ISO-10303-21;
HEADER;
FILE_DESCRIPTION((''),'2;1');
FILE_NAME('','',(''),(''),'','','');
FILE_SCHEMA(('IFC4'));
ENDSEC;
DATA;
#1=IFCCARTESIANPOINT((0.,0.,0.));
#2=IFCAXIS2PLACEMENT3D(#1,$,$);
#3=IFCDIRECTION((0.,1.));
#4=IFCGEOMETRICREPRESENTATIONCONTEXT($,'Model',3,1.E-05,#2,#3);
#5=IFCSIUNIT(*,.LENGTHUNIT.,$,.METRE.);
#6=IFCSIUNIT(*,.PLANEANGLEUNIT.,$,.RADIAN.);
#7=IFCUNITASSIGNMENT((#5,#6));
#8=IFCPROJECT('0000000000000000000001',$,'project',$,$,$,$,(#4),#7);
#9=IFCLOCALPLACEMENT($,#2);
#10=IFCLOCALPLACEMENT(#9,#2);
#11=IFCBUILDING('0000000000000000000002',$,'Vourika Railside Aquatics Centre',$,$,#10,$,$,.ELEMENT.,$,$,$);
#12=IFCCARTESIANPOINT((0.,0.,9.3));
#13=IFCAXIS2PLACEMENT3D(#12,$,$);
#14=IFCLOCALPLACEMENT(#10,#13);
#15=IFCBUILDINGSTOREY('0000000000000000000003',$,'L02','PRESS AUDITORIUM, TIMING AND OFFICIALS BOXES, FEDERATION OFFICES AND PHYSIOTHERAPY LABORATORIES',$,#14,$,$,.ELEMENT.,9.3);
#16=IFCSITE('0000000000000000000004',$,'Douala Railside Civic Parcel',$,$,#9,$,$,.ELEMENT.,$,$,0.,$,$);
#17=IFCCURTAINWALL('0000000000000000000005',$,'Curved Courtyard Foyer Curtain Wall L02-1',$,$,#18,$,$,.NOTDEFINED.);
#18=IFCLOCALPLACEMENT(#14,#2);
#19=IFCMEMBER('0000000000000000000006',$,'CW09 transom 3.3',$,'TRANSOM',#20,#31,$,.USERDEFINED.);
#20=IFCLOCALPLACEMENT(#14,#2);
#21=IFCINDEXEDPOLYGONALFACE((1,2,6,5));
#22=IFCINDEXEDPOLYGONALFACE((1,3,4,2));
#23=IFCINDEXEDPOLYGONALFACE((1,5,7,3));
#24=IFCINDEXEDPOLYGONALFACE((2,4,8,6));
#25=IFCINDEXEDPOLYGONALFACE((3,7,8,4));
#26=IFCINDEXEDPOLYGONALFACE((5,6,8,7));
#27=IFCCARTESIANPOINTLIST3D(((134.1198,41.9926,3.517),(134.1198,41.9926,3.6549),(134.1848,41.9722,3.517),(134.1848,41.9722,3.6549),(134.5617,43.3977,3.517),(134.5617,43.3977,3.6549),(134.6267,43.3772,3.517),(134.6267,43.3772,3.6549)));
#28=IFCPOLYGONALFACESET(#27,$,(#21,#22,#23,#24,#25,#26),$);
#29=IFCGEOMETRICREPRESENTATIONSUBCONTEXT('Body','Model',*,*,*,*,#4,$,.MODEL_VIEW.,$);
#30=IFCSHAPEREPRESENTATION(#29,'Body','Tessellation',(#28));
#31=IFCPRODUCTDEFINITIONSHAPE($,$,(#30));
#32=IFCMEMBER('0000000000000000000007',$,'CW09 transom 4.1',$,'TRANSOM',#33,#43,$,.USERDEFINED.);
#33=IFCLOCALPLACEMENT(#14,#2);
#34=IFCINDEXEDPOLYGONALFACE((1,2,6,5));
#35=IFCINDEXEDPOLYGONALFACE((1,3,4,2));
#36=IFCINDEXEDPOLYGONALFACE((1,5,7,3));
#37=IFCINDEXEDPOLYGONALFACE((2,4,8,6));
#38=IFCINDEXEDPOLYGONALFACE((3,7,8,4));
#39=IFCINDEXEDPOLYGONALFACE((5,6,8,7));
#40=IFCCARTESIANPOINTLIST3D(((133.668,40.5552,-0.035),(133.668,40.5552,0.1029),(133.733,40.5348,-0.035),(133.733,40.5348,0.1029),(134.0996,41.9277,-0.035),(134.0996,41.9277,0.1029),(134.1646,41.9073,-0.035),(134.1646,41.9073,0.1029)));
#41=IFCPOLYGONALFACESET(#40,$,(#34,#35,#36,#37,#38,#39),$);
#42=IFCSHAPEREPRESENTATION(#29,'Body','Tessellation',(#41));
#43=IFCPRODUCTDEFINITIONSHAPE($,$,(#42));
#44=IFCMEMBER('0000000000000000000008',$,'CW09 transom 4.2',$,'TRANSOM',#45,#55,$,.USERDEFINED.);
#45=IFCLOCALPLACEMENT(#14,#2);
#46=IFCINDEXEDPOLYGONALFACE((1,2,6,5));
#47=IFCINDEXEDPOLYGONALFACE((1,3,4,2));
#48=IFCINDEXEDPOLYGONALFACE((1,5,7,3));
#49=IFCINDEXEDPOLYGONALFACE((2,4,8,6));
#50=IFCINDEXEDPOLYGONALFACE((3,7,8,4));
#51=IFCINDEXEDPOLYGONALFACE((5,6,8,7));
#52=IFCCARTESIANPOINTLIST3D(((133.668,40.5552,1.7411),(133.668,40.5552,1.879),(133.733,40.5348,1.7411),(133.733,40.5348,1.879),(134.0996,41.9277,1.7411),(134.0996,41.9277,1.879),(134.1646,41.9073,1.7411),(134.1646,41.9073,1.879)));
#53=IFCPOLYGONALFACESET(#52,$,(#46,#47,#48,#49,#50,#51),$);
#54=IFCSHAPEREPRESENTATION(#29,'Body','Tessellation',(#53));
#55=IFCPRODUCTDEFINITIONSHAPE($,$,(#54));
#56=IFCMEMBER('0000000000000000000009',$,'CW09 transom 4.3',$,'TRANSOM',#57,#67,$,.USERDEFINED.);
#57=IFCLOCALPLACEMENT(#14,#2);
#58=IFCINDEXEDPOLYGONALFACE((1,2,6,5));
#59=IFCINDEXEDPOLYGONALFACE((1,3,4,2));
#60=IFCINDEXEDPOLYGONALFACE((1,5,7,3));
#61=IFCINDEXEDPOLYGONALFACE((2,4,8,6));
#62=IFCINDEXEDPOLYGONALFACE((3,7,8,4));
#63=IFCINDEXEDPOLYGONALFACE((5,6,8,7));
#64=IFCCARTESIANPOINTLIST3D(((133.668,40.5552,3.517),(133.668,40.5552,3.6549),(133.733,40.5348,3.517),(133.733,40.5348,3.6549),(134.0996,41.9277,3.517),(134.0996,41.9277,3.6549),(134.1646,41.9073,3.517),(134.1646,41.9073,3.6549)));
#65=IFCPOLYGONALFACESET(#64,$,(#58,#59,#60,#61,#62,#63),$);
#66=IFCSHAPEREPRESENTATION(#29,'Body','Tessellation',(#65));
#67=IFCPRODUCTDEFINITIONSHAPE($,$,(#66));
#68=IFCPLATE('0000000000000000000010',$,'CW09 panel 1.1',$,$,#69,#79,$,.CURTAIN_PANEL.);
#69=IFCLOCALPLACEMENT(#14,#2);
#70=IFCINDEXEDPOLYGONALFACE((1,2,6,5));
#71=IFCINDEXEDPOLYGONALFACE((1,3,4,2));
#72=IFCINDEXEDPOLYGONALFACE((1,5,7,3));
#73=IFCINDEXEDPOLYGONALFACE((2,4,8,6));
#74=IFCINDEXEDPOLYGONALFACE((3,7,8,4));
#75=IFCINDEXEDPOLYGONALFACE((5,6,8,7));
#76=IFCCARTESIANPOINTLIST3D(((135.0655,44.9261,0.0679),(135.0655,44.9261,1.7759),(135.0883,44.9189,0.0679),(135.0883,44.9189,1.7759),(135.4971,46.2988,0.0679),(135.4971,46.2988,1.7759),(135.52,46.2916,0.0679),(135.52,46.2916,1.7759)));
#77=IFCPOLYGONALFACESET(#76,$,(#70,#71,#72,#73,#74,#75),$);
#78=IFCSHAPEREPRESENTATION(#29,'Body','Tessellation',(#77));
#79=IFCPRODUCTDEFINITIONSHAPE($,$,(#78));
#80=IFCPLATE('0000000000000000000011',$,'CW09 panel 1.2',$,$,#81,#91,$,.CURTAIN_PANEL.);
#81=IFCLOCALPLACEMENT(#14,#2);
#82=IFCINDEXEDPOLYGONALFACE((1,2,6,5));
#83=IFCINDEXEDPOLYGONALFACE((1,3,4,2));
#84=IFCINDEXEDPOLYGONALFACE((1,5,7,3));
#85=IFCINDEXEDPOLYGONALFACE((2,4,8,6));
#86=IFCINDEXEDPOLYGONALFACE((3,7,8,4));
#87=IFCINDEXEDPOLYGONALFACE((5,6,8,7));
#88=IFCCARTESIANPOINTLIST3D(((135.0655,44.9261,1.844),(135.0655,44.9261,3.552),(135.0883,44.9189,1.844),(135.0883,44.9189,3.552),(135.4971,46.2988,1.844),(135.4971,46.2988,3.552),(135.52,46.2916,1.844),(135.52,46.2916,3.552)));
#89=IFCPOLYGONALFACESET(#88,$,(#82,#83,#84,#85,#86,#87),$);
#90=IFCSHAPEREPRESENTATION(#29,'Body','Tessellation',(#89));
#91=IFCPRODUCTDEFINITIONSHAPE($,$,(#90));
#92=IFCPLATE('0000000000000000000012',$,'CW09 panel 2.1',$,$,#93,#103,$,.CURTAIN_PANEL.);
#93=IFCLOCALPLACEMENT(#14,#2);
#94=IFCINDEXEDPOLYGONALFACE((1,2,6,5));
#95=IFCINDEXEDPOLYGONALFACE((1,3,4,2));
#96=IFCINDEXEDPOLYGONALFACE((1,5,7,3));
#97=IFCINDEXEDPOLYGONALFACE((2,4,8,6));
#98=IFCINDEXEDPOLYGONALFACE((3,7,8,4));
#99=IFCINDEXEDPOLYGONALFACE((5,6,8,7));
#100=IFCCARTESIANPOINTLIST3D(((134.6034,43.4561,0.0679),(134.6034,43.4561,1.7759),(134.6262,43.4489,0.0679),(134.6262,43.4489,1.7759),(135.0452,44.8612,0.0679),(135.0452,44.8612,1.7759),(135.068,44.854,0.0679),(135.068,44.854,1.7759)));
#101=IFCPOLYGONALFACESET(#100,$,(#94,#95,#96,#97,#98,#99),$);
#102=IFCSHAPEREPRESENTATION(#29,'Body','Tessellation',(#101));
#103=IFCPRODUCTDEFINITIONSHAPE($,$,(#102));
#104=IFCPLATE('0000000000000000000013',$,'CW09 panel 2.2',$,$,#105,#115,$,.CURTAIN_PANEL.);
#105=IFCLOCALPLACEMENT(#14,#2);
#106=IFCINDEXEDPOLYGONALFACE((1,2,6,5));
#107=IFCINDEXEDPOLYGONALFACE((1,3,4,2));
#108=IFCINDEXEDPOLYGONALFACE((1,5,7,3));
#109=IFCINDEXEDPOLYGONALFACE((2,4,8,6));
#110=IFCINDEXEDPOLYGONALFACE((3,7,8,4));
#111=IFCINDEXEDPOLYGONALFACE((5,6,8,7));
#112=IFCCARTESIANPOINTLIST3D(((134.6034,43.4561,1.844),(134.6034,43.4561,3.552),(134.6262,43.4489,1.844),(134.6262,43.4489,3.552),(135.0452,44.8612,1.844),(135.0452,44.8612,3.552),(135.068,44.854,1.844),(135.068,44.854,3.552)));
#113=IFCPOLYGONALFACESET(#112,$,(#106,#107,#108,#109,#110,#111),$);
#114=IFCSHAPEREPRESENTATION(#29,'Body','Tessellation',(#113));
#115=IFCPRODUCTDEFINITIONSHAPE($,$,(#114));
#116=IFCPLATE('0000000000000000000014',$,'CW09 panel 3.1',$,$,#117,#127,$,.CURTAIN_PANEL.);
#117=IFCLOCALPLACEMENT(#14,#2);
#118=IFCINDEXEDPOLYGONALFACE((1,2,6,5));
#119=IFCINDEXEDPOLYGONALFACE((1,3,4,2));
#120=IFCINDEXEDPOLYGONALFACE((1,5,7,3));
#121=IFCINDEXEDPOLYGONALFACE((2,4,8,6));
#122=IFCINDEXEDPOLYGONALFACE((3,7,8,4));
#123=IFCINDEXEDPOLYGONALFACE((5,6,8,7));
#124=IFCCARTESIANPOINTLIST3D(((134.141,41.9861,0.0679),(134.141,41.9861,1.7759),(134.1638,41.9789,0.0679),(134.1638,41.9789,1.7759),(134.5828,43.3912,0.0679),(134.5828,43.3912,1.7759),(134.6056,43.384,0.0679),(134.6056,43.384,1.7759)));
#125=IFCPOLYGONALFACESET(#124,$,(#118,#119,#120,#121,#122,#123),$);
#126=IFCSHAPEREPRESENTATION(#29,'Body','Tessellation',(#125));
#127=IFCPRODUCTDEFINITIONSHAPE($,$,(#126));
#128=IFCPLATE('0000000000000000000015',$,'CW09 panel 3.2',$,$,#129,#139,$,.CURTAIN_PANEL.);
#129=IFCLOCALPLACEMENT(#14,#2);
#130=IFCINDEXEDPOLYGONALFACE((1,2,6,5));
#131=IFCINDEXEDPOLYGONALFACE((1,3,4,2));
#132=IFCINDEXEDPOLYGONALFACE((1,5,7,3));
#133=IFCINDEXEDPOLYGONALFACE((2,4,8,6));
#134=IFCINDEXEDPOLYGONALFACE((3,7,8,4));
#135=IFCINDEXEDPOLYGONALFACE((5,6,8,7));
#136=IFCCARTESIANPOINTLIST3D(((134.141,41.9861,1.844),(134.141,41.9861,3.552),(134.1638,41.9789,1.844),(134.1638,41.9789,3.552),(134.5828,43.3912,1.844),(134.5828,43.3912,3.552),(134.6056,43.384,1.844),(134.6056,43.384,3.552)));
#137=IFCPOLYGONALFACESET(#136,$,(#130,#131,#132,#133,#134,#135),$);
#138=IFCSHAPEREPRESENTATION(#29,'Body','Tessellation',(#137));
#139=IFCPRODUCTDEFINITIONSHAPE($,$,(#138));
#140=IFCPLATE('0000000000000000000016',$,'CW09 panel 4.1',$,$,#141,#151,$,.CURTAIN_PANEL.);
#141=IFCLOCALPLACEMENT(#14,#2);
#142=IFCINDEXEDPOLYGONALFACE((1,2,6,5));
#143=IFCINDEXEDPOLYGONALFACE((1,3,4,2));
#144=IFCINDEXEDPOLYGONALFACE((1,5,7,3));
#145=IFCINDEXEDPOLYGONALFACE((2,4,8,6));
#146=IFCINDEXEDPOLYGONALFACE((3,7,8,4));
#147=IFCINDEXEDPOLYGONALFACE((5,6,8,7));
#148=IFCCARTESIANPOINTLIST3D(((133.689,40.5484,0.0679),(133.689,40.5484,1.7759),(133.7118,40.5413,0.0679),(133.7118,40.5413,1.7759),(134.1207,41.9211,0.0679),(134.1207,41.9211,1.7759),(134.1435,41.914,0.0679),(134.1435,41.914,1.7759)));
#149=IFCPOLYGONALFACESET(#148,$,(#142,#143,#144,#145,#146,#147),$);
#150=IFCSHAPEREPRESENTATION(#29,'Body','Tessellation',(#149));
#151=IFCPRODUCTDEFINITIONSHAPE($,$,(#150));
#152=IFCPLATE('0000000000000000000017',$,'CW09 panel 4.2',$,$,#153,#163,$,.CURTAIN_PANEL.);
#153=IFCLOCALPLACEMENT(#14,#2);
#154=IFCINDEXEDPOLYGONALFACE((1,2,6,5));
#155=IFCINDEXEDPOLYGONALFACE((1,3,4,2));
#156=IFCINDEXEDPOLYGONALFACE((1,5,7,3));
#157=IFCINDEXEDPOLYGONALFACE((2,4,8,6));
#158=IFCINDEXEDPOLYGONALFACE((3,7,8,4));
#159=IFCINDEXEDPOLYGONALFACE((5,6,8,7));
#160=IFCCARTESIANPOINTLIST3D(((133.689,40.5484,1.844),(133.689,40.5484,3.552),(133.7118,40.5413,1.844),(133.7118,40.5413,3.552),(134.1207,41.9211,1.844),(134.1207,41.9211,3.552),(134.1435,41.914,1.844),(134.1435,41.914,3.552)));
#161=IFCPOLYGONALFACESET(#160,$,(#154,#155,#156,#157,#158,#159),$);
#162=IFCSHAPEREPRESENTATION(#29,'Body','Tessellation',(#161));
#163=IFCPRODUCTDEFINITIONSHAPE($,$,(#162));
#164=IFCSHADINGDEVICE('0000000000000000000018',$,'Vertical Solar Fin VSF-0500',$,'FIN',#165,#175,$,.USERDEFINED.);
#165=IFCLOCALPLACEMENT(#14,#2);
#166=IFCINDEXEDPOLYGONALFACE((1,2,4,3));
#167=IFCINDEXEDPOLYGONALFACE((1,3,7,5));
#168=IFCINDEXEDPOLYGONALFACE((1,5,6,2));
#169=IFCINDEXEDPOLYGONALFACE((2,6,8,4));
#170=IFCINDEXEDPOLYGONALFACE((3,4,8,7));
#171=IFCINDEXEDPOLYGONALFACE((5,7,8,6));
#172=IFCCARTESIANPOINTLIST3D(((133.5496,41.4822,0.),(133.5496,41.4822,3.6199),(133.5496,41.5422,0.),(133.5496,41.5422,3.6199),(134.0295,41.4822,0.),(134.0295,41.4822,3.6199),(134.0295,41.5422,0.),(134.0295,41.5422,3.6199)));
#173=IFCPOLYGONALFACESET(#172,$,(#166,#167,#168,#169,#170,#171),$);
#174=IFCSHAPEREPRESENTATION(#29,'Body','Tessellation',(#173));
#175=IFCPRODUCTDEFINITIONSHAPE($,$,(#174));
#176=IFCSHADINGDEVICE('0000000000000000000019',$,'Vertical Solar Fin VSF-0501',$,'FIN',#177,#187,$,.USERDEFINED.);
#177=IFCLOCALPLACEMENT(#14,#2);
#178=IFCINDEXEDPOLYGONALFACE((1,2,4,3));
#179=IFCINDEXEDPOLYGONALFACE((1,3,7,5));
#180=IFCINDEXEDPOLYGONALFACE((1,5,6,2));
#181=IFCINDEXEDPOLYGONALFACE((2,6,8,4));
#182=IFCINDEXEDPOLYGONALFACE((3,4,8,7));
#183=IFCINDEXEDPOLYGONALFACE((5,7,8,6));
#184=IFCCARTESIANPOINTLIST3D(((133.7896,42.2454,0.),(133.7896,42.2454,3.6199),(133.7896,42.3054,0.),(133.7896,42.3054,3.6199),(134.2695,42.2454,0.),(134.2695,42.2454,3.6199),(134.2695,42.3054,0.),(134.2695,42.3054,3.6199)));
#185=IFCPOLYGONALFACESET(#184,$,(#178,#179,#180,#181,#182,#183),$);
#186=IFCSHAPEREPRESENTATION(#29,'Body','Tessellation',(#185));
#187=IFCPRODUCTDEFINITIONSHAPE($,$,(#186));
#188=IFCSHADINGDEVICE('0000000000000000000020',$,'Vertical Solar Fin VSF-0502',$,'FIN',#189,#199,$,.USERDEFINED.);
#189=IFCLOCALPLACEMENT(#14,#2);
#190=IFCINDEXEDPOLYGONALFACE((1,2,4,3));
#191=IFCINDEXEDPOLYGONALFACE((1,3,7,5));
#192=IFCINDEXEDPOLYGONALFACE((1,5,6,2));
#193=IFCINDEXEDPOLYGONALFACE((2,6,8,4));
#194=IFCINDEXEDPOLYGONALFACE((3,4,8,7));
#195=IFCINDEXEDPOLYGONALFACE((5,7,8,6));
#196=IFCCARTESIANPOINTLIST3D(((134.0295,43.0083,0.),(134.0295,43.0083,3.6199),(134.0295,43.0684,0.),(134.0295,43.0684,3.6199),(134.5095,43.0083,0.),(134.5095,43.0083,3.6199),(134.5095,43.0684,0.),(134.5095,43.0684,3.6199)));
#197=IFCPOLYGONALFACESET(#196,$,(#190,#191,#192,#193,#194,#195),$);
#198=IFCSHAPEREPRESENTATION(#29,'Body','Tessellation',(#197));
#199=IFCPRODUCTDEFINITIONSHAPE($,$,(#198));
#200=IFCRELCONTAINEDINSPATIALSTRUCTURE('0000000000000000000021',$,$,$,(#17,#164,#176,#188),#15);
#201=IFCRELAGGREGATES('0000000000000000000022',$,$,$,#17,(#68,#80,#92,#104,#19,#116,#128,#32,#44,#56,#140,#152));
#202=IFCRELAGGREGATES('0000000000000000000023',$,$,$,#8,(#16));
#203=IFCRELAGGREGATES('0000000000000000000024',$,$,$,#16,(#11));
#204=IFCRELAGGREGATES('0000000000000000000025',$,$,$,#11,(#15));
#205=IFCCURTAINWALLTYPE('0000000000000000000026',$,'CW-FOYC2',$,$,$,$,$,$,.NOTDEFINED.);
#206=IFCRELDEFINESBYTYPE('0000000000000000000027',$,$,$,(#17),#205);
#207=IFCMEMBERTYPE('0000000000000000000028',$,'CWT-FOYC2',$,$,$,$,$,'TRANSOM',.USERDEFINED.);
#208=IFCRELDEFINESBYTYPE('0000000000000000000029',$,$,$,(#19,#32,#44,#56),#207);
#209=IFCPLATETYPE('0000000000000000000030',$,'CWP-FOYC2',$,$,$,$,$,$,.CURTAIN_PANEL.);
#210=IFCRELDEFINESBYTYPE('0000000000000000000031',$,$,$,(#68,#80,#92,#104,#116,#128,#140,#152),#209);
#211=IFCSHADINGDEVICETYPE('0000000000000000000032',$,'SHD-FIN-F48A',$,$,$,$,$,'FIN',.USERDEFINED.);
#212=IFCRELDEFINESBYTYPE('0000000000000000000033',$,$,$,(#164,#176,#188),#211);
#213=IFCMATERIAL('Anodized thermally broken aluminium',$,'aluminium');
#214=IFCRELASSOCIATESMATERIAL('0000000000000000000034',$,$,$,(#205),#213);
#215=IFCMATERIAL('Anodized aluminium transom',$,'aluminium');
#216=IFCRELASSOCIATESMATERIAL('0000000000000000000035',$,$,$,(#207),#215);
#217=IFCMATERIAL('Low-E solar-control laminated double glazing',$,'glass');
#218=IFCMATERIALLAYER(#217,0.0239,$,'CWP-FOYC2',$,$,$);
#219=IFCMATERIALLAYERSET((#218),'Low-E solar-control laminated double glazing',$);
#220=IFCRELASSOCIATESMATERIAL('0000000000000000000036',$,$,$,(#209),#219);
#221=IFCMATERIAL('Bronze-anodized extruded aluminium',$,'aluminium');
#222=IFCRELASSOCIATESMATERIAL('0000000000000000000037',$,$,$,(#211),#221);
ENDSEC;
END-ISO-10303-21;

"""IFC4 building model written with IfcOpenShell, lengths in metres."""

from ifc_helpers import new_model, si_unit, direction, frame, origin, origin_2d, place, context, subcontext, project, spatial, rectangle, extrude, material, layer, layer_set, material_profile, profile_set, type_object, element, aggregate, save


model = new_model("IFC4")

# Units and contexts
model_context = context("Model", 3, precision=1e-05, world=origin(), true_north=direction((0.0, 1.0)))
body_context = subcontext(model_context, "Body", "Model", "MODEL_VIEW")
ifc_project = project(units=[si_unit("LENGTHUNIT", "METRE"), si_unit("PLANEANGLEUNIT", "RADIAN")], contexts=[model_context])

# Site, building, storey
site_placement = place(None, origin())
site = spatial("IfcSite", under=ifc_project, at=site_placement, Name="Douala Railside Civic Parcel", CompositionType="ELEMENT", RefElevation=0.0)
building_placement = place(site_placement, origin())
building = spatial("IfcBuilding", under=site, at=building_placement, Name="Vourika Railside Aquatics Centre", CompositionType="ELEMENT")
storey_placement = place(building_placement, frame((0.0, 0.0, 9.3)))
storey = spatial("IfcBuildingStorey", under=building, at=storey_placement, Name="L02", Description="PRESS AUDITORIUM, TIMING AND OFFICIALS BOXES, FEDERATION OFFICES AND PHYSIOTHERAPY LABORATORIES", CompositionType="ELEMENT", Elevation=9.3)

# Curtain wall
ifc_material_1 = material(Name="Anodized thermally broken aluminium", Category="aluminium")
curtain_wall_type = type_object("IfcCurtainWallType", Name="CW-FOYC2", PredefinedType="NOTDEFINED", material=ifc_material_1)
curtain_wall_1_placement = place(storey_placement, origin())
curtain_wall_1 = element("IfcCurtainWall", 1, at=curtain_wall_1_placement, inside=storey, type_object=curtain_wall_type, Name="Curved Courtyard Foyer Curtain Wall L02-1", PredefinedType="NOTDEFINED")

# Members
ifc_material_2 = material(Name="Anodized aluminium transom", Category="aluminium")
ifc_material_profile_1 = material_profile(ifc_material_2, rectangle(XDim=0.0681, YDim=0.1379, at=origin_2d()), Name="ALU-T 68x138")
ifc_profile_set_1 = profile_set([ifc_material_profile_1], Name="Anodized aluminium transom")
member_type_1 = type_object("IfcMemberType", Name="CWT-FOYC2", ElementType="TRANSOM", PredefinedType="USERDEFINED", material=ifc_profile_set_1)
member_1_placement = place(storey_placement, frame((134.5942, 43.3875, 3.5859), z_axis=(-0.300021, -0.953933, 0.0), x_axis=(0.953933, -0.300021, 0.0)))
member_1 = element("IfcMember", 2, at=member_1_placement, type_object=member_type_1, Name="CW09 transom 3.3", ObjectType="TRANSOM", PredefinedType="USERDEFINED", context=body_context, shape_type="SweptSolid", body=[
    extrude(rectangle(XDim=0.0681, YDim=0.1379, at=origin_2d()), origin(), (0.0, 0.0, 1.0), 1.4729),
])
member_2_placement = place(storey_placement, frame((134.1321, 41.9175, 0.0339), z_axis=(-0.299994, -0.953941, 0.0), x_axis=(0.953941, -0.299994, 0.0)))
member_2 = element("IfcMember", 3, at=member_2_placement, type_object=member_type_1, Name="CW09 transom 4.1", ObjectType="TRANSOM", PredefinedType="USERDEFINED", context=body_context, shape_type="SweptSolid", body=[
    extrude(rectangle(XDim=0.0681, YDim=0.1379, at=origin_2d()), origin(), (0.0, 0.0, 1.0), 1.4387),
])
member_3_placement = place(storey_placement, frame((134.1321, 41.9175, 1.8101), z_axis=(-0.299994, -0.953941, 0.0), x_axis=(0.953941, -0.299994, 0.0)))
member_3 = element("IfcMember", 4, at=member_3_placement, type_object=member_type_1, Name="CW09 transom 4.2", ObjectType="TRANSOM", PredefinedType="USERDEFINED", context=body_context, shape_type="SweptSolid", body=[
    extrude(rectangle(XDim=0.0681, YDim=0.1379, at=origin_2d()), origin(), (0.0, 0.0, 1.0), 1.4387),
])
member_4_placement = place(storey_placement, frame((134.1321, 41.9175, 3.5859), z_axis=(-0.299994, -0.953941, 0.0), x_axis=(0.953941, -0.299994, 0.0)))
member_4 = element("IfcMember", 5, at=member_4_placement, type_object=member_type_1, Name="CW09 transom 4.3", ObjectType="TRANSOM", PredefinedType="USERDEFINED", context=body_context, shape_type="SweptSolid", body=[
    extrude(rectangle(XDim=0.0681, YDim=0.1379, at=origin_2d()), origin(), (0.0, 0.0, 1.0), 1.4387),
])

# Plates
ifc_material_3 = material(Name="Low-E solar-control laminated double glazing", Category="glass")
ifc_layer = layer(ifc_material_3, 0.0239, Name="CWP-FOYC2")
ifc_layer_set = layer_set([ifc_layer], Name="Low-E solar-control laminated double glazing")
plate_type = type_object("IfcPlateType", Name="CWP-FOYC2", PredefinedType="CURTAIN_PANEL", material=ifc_layer_set)
plate_1_placement = place(storey_placement, frame((135.2927, 45.6089, 0.0679), z_axis=(0.0, 0.0, 1.0), x_axis=(-0.299974, -0.953947, 0.0)))
plate_1 = element("IfcPlate", 6, at=plate_1_placement, type_object=plate_type, Name="CW09 panel 1.1", PredefinedType="CURTAIN_PANEL", context=body_context, shape_type="SweptSolid", body=[
    extrude(rectangle(XDim=1.439, YDim=0.0239, at=origin_2d()), origin(), (0.0, 0.0, 1.0), 1.708),
])
plate_2_placement = place(storey_placement, frame((135.2927, 45.6089, 1.844), z_axis=(0.0, 0.0, 1.0), x_axis=(-0.299974, -0.953947, 0.0)))
plate_2 = element("IfcPlate", 7, at=plate_2_placement, type_object=plate_type, Name="CW09 panel 1.2", PredefinedType="CURTAIN_PANEL", context=body_context, shape_type="SweptSolid", body=[
    extrude(rectangle(XDim=1.439, YDim=0.0239, at=origin_2d()), origin(), (0.0, 0.0, 1.0), 1.708),
])
plate_3_placement = place(storey_placement, frame((134.8357, 44.155, 0.0679), z_axis=(0.0, 0.0, 1.0), x_axis=(-0.299974, -0.953947, 0.0)))
plate_3 = element("IfcPlate", 8, at=plate_3_placement, type_object=plate_type, Name="CW09 panel 2.1", PredefinedType="CURTAIN_PANEL", context=body_context, shape_type="SweptSolid", body=[
    extrude(rectangle(XDim=1.4729, YDim=0.0239, at=origin_2d()), origin(), (0.0, 0.0, 1.0), 1.708),
])
plate_4_placement = place(storey_placement, frame((134.8357, 44.155, 1.844), z_axis=(0.0, 0.0, 1.0), x_axis=(-0.299974, -0.953947, 0.0)))
plate_4 = element("IfcPlate", 9, at=plate_4_placement, type_object=plate_type, Name="CW09 panel 2.2", PredefinedType="CURTAIN_PANEL", context=body_context, shape_type="SweptSolid", body=[
    extrude(rectangle(XDim=1.4729, YDim=0.0239, at=origin_2d()), origin(), (0.0, 0.0, 1.0), 1.708),
])
plate_5_placement = place(storey_placement, frame((134.3733, 42.6851, 0.0679), z_axis=(0.0, 0.0, 1.0), x_axis=(-0.299974, -0.953947, 0.0)))
plate_5 = element("IfcPlate", 10, at=plate_5_placement, type_object=plate_type, Name="CW09 panel 3.1", PredefinedType="CURTAIN_PANEL", context=body_context, shape_type="SweptSolid", body=[
    extrude(rectangle(XDim=1.4729, YDim=0.0239, at=origin_2d()), origin(), (0.0, 0.0, 1.0), 1.708),
])
plate_6_placement = place(storey_placement, frame((134.3733, 42.6851, 1.844), z_axis=(0.0, 0.0, 1.0), x_axis=(-0.299974, -0.953947, 0.0)))
plate_6 = element("IfcPlate", 11, at=plate_6_placement, type_object=plate_type, Name="CW09 panel 3.2", PredefinedType="CURTAIN_PANEL", context=body_context, shape_type="SweptSolid", body=[
    extrude(rectangle(XDim=1.4729, YDim=0.0239, at=origin_2d()), origin(), (0.0, 0.0, 1.0), 1.708),
])
plate_7_placement = place(storey_placement, frame((133.9163, 41.2312, 0.0679), z_axis=(0.0, 0.0, 1.0), x_axis=(-0.299974, -0.953947, 0.0)))
plate_7 = element("IfcPlate", 12, at=plate_7_placement, type_object=plate_type, Name="CW09 panel 4.1", PredefinedType="CURTAIN_PANEL", context=body_context, shape_type="SweptSolid", body=[
    extrude(rectangle(XDim=1.439, YDim=0.0239, at=origin_2d()), origin(), (0.0, 0.0, 1.0), 1.708),
])
plate_8_placement = place(storey_placement, frame((133.9163, 41.2312, 1.844), z_axis=(0.0, 0.0, 1.0), x_axis=(-0.299974, -0.953947, 0.0)))
plate_8 = element("IfcPlate", 13, at=plate_8_placement, type_object=plate_type, Name="CW09 panel 4.2", PredefinedType="CURTAIN_PANEL", context=body_context, shape_type="SweptSolid", body=[
    extrude(rectangle(XDim=1.439, YDim=0.0239, at=origin_2d()), origin(), (0.0, 0.0, 1.0), 1.708),
])
aggregate(curtain_wall_1, [plate_1, plate_2, plate_3, plate_4, member_1, plate_5, plate_6, member_2, member_3, member_4, plate_7, plate_8])

# Shading devices
ifc_material_4 = material(Name="Bronze-anodized extruded aluminium", Category="aluminium")
ifc_material_profile_2 = material_profile(ifc_material_4, rectangle(XDim=0.0601, YDim=0.48, at=origin_2d()), Name="ALU-FIN 60x480")
ifc_profile_set_2 = profile_set([ifc_material_profile_2], Name="Bronze-anodized extruded aluminium")
shading_device_type = type_object("IfcShadingDeviceType", Name="SHD-FIN-F48A", ElementType="FIN", PredefinedType="USERDEFINED", material=ifc_profile_set_2)
for number, where, z_axis, x_axis, name in (
    (14, (133.7896, 41.5122, 0.0), (0.0, 0.0, 1.0), (0.0, 1.0, 0.0), "Vertical Solar Fin VSF-0500"),
    (15, (134.0295, 42.2754, 0.0), (0.0, 0.0, 1.0), (0.0, 1.0, 0.0), "Vertical Solar Fin VSF-0501"),
    (16, (134.2695, 43.0383, 0.0), (0.0, 0.0, 1.0), (0.0, 1.0, 0.0), "Vertical Solar Fin VSF-0502"),
):
    element("IfcShadingDevice", number, at=place(storey_placement, frame(where, z_axis=z_axis, x_axis=x_axis)), inside=storey, type_object=shading_device_type, Name=name, ObjectType="FIN", PredefinedType="USERDEFINED", context=body_context, shape_type="SweptSolid", body=[
        extrude(rectangle(XDim=0.0601, YDim=0.48, at=origin_2d()), origin(), (0.0, 0.0, 1.0), 3.6199),
    ])

save(model, "model.ifc")
